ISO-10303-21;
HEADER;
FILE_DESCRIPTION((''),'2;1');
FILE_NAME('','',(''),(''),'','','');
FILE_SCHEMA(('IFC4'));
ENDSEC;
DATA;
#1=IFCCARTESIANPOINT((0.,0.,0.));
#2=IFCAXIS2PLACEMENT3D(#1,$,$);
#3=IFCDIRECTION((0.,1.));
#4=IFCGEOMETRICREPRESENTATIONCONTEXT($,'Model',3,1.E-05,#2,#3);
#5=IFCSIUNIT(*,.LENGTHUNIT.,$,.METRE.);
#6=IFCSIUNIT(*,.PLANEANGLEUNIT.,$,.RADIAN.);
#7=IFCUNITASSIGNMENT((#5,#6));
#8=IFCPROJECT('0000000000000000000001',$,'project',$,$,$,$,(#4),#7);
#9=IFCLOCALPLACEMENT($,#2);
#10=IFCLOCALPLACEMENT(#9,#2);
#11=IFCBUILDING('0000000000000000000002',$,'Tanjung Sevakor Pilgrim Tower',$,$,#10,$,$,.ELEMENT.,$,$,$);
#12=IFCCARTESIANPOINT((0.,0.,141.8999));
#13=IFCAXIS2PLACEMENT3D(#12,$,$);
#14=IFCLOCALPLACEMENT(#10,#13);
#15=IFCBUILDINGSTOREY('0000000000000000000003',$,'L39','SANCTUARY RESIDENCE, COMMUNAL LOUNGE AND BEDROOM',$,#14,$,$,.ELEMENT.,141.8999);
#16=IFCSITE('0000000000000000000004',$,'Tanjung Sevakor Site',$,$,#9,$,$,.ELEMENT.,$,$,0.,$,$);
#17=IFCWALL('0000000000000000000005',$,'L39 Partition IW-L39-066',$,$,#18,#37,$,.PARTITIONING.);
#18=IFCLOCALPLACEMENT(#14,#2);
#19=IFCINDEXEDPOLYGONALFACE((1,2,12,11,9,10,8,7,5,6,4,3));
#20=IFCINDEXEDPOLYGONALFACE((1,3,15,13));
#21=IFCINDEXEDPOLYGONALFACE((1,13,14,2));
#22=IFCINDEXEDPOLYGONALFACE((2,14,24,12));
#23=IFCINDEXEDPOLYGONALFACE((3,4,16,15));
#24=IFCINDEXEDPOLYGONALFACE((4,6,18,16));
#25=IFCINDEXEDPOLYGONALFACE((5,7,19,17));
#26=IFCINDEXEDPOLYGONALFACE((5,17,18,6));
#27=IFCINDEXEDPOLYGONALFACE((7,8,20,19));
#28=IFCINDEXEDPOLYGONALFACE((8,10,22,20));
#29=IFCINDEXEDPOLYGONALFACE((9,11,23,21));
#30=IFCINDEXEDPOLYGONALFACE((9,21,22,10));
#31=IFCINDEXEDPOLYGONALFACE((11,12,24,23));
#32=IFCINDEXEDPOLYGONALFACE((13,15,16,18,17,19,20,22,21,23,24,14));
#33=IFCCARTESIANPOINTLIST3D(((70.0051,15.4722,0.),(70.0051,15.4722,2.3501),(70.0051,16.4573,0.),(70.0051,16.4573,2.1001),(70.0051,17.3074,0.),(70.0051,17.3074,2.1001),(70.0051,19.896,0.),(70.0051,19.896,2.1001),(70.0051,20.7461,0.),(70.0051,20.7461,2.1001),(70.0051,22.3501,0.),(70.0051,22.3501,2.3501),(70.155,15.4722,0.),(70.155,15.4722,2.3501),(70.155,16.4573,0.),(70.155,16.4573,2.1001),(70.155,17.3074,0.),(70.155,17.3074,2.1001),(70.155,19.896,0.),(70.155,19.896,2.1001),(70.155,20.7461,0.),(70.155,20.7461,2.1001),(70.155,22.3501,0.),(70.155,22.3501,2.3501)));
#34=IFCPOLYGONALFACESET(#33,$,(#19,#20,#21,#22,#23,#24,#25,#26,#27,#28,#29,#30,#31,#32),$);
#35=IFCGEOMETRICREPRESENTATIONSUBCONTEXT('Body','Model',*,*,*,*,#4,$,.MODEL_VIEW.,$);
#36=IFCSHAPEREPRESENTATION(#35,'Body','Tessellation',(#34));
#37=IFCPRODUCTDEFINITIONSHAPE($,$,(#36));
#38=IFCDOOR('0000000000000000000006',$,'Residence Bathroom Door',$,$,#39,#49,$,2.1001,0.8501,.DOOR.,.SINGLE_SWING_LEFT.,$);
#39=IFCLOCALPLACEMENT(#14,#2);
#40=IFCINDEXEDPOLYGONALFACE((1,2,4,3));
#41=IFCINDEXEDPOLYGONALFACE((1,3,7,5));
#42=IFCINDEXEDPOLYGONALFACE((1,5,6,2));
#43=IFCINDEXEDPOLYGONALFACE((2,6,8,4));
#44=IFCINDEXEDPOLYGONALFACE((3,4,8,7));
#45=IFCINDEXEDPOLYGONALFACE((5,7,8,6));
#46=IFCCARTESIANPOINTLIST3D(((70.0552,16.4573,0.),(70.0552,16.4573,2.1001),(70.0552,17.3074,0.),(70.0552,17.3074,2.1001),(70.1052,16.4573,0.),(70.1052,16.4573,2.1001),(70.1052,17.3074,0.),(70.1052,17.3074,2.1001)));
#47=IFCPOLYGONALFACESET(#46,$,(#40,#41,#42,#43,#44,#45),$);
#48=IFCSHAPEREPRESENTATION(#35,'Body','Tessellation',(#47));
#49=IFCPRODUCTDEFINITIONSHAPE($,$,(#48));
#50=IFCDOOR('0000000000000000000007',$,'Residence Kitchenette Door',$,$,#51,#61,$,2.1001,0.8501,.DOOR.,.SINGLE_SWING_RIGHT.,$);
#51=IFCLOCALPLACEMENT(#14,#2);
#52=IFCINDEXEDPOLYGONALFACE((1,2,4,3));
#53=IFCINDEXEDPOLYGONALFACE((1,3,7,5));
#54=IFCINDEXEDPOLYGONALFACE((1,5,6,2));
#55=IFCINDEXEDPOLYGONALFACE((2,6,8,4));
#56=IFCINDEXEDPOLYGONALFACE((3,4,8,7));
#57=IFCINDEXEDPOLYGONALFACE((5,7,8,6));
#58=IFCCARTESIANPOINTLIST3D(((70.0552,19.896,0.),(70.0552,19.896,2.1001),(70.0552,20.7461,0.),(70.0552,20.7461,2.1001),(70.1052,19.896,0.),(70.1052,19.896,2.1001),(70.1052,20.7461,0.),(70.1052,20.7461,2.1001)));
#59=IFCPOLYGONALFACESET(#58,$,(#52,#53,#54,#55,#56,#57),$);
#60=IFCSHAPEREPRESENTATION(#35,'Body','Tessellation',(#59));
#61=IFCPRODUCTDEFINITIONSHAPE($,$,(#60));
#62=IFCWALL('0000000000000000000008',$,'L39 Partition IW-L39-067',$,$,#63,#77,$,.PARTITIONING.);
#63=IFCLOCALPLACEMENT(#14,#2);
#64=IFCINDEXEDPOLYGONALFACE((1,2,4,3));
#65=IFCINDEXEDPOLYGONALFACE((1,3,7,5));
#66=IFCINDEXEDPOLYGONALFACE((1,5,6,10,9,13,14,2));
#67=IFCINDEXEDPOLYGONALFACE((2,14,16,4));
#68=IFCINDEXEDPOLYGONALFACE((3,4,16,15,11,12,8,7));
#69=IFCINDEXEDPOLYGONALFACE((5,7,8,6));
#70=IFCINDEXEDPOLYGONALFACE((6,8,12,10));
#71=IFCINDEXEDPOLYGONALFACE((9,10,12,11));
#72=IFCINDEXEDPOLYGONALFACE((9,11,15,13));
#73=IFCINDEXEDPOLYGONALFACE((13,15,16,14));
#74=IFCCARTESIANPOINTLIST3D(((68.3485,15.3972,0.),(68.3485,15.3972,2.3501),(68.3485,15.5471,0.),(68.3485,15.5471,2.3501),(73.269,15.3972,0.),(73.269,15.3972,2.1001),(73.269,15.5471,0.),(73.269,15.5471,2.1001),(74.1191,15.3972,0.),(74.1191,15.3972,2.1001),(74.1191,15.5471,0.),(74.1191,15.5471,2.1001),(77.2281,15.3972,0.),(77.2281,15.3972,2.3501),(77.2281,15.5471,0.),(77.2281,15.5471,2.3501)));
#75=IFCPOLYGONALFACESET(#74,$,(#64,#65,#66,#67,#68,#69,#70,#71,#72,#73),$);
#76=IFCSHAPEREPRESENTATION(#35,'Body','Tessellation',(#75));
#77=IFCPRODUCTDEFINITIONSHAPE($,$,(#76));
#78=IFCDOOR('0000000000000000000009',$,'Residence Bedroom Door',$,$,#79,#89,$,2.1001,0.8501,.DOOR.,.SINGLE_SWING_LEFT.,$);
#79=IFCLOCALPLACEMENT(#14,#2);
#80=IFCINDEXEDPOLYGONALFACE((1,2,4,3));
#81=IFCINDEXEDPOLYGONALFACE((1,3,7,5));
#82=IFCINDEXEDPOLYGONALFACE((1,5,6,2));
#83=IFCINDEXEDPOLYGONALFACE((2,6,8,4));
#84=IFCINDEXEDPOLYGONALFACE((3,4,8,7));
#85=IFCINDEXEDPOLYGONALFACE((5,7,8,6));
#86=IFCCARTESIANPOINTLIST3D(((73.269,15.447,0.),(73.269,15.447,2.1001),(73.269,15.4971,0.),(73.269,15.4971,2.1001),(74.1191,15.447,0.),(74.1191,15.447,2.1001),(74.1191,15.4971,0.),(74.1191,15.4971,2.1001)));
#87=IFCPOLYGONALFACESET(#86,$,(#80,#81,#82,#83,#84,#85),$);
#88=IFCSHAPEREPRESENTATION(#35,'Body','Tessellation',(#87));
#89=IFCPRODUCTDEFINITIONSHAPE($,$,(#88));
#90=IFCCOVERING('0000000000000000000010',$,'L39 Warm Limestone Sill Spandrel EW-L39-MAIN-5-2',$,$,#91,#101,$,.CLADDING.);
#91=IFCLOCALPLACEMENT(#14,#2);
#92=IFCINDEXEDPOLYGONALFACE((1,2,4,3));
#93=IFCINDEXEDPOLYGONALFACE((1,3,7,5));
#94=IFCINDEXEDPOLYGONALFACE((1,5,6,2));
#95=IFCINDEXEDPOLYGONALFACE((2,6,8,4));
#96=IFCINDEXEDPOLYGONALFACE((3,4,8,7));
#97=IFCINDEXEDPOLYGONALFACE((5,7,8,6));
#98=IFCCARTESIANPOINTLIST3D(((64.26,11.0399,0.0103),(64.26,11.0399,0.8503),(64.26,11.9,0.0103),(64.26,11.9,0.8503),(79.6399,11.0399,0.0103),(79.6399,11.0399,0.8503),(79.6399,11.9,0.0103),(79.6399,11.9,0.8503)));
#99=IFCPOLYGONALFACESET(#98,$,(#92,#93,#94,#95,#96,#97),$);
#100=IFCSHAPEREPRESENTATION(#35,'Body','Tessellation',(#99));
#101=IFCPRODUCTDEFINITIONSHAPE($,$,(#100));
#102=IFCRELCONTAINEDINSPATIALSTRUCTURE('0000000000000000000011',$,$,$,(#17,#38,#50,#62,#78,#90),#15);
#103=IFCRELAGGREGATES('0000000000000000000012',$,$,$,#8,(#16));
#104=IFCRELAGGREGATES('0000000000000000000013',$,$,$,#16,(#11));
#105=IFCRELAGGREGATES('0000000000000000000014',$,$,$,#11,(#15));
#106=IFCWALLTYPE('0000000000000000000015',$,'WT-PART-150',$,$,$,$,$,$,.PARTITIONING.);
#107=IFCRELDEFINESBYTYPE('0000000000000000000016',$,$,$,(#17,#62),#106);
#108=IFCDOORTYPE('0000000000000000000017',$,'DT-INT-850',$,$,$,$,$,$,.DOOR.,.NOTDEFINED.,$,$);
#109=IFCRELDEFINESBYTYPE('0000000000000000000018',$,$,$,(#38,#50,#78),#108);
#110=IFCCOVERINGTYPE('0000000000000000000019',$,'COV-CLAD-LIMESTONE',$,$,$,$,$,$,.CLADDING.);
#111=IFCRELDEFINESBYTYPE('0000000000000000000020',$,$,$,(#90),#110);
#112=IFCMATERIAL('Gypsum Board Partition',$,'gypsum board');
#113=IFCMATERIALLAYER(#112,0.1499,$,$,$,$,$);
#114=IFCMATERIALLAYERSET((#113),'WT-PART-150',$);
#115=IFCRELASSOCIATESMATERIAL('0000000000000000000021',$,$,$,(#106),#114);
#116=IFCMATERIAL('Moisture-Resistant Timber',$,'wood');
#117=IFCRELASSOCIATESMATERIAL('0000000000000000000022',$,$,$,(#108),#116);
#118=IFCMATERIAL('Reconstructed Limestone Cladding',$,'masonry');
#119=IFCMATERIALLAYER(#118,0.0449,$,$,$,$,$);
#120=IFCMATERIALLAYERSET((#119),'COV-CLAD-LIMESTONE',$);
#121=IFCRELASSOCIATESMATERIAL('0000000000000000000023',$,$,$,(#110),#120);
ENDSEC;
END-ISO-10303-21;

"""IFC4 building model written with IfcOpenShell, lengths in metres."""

from ifc_helpers import new_model, si_unit, direction, frame, frame_2d, origin, origin_2d, place, context, subcontext, project, spatial, rectangle, extrude, material, layer, layer_set, type_object, element, fill, save


model = new_model("IFC4")

# Units and contexts
model_context = context("Model", 3, precision=1e-05, world=origin(), true_north=direction((0.0, 1.0)))
body_context = subcontext(model_context, "Body", "Model", "MODEL_VIEW")
ifc_project = project(units=[si_unit("LENGTHUNIT", "METRE"), si_unit("PLANEANGLEUNIT", "RADIAN")], contexts=[model_context])

# Site, building, storey
site_placement = place(None, origin())
site = spatial("IfcSite", under=ifc_project, at=site_placement, Name="Tanjung Sevakor Site", CompositionType="ELEMENT", RefElevation=0.0)
building_placement = place(site_placement, origin())
building = spatial("IfcBuilding", under=site, at=building_placement, Name="Tanjung Sevakor Pilgrim Tower", CompositionType="ELEMENT")
storey_placement = place(building_placement, frame((0.0, 0.0, 141.8999)))
storey = spatial("IfcBuildingStorey", under=building, at=storey_placement, Name="L39", Description="SANCTUARY RESIDENCE, COMMUNAL LOUNGE AND BEDROOM", CompositionType="ELEMENT", Elevation=141.8999)

# Shared definitions
ifc_material_1 = material(Name="Gypsum Board Partition", Category="gypsum board")
ifc_layer_1 = layer(ifc_material_1, 0.1499)
ifc_layer_set_1 = layer_set([ifc_layer_1], Name="WT-PART-150")
wall_type_1 = type_object("IfcWallType", Name="WT-PART-150", PredefinedType="PARTITIONING", material=ifc_layer_set_1)

# Wall, openings, doors
wall_1_placement = place(storey_placement, frame((70.0801, 15.4722, 0.0), z_axis=(0.0, 0.0, 1.0), x_axis=(0.0, 1.0, 0.0)))
wall_1 = element("IfcWall", 1, at=wall_1_placement, inside=storey, type_object=wall_type_1, Name="L39 Partition IW-L39-066", PredefinedType="PARTITIONING", context=body_context, shape_type="SweptSolid", body=[
    extrude(rectangle(XDim=6.8779, YDim=0.1499, at=frame_2d((3.439, 0.0))), origin(), (0.0, 0.0, 1.0), 2.3501),
])
opening_1_placement = place(wall_1_placement, frame((0.9851, 0.0, 0.0)))
opening_1 = element("IfcOpeningElement", 2, at=opening_1_placement, cuts=wall_1, PredefinedType="OPENING", context=body_context, shape_type="SweptSolid", body=[
    extrude(rectangle(XDim=0.8501, YDim=2.1001, at=frame_2d((0.425, 1.05))), frame((0.0, 0.085, 0.0), z_axis=(0.0, -1.0, 0.0), x_axis=(1.0, 0.0, 0.0)), (0.0, 0.0, 1.0), 0.1699),
])
opening_2_placement = place(wall_1_placement, frame((4.4238, 0.0, 0.0)))
opening_2 = element("IfcOpeningElement", 3, at=opening_2_placement, cuts=wall_1, PredefinedType="OPENING", context=body_context, shape_type="SweptSolid", body=[
    extrude(rectangle(XDim=0.8501, YDim=2.1001, at=frame_2d((0.425, 1.05))), frame((0.0, 0.085, 0.0), z_axis=(0.0, -1.0, 0.0), x_axis=(1.0, 0.0, 0.0)), (0.0, 0.0, 1.0), 0.1699),
])
ifc_material_2 = material(Name="Moisture-Resistant Timber", Category="wood")
door_type_1 = type_object("IfcDoorType", Name="DT-INT-850", OperationType="NOTDEFINED", PredefinedType="DOOR", material=ifc_material_2)
door_1_placement = place(opening_1_placement, origin())
door_1 = element("IfcDoor", 4, at=door_1_placement, inside=storey, type_object=door_type_1, Name="Residence Bathroom Door", OperationType="SINGLE_SWING_LEFT", OverallHeight=2.1001, OverallWidth=0.8501, PredefinedType="DOOR", context=body_context, shape_type="SweptSolid", body=[
    extrude(rectangle(XDim=0.8501, YDim=2.1001, at=frame_2d((0.425, 1.05))), frame((0.0, 0.0249, 0.0), z_axis=(0.0, -1.0, 0.0), x_axis=(1.0, 0.0, 0.0)), (0.0, 0.0, 1.0), 0.05),
])
fill(opening_1, door_1)
door_2_placement = place(opening_2_placement, origin())
door_2 = element("IfcDoor", 5, at=door_2_placement, inside=storey, type_object=door_type_1, Name="Residence Kitchenette Door", OperationType="SINGLE_SWING_RIGHT", OverallHeight=2.1001, OverallWidth=0.8501, PredefinedType="DOOR", context=body_context, shape_type="SweptSolid", body=[
    extrude(rectangle(XDim=0.8501, YDim=2.1001, at=frame_2d((0.425, 1.05))), frame((0.0, 0.0249, 0.0), z_axis=(0.0, -1.0, 0.0), x_axis=(1.0, 0.0, 0.0)), (0.0, 0.0, 1.0), 0.05),
])
fill(opening_2, door_2)

# Wall, opening, door
wall_2_placement = place(storey_placement, frame((68.3484, 15.4722, 0.0), z_axis=(0.0, 0.0, 1.0), x_axis=(1.0, 0.0, 0.0)))
wall_2 = element("IfcWall", 6, at=wall_2_placement, inside=storey, type_object=wall_type_1, Name="L39 Partition IW-L39-067", PredefinedType="PARTITIONING", context=body_context, shape_type="SweptSolid", body=[
    extrude(rectangle(XDim=8.8796, YDim=0.1499, at=frame_2d((4.4399, 0.0))), origin(), (0.0, 0.0, 1.0), 2.3501),
])
opening_3_placement = place(wall_2_placement, frame((4.9207, 0.0, 0.0)))
opening_3 = element("IfcOpeningElement", 7, at=opening_3_placement, cuts=wall_2, PredefinedType="OPENING", context=body_context, shape_type="SweptSolid", body=[
    extrude(rectangle(XDim=0.8501, YDim=2.1001, at=frame_2d((0.425, 1.05))), frame((0.0, 0.085, 0.0), z_axis=(0.0, -1.0, 0.0), x_axis=(1.0, 0.0, 0.0)), (0.0, 0.0, 1.0), 0.1699),
])
door_3_placement = place(opening_3_placement, origin())
door_3 = element("IfcDoor", 8, at=door_3_placement, inside=storey, type_object=door_type_1, Name="Residence Bedroom Door", OperationType="SINGLE_SWING_LEFT", OverallHeight=2.1001, OverallWidth=0.8501, PredefinedType="DOOR", context=body_context, shape_type="SweptSolid", body=[
    extrude(rectangle(XDim=0.8501, YDim=2.1001, at=frame_2d((0.425, 1.05))), frame((0.0, 0.0249, 0.0), z_axis=(0.0, -1.0, 0.0), x_axis=(1.0, 0.0, 0.0)), (0.0, 0.0, 1.0), 0.05),
])
fill(opening_3, door_3)

# Covering
ifc_material_3 = material(Name="Reconstructed Limestone Cladding", Category="masonry")
ifc_layer_2 = layer(ifc_material_3, 0.0449)
ifc_layer_set_2 = layer_set([ifc_layer_2], Name="COV-CLAD-LIMESTONE")
covering_type = type_object("IfcCoveringType", Name="COV-CLAD-LIMESTONE", PredefinedType="CLADDING", material=ifc_layer_set_2)
covering_placement = place(storey_placement, frame((71.95, 11.47, 0.0103), z_axis=(0.0, 0.0, 1.0), x_axis=(1.0, 0.0, 0.0)))
element("IfcCovering", 9, at=covering_placement, inside=storey, type_object=covering_type, Name="L39 Warm Limestone Sill Spandrel EW-L39-MAIN-5-2", PredefinedType="CLADDING", context=body_context, shape_type="SweptSolid", body=[
    extrude(rectangle(XDim=15.3799, YDim=0.8601, at=origin_2d()), origin(), (0.0, 0.0, 1.0), 0.8401),
])

save(model, "model.ifc")
